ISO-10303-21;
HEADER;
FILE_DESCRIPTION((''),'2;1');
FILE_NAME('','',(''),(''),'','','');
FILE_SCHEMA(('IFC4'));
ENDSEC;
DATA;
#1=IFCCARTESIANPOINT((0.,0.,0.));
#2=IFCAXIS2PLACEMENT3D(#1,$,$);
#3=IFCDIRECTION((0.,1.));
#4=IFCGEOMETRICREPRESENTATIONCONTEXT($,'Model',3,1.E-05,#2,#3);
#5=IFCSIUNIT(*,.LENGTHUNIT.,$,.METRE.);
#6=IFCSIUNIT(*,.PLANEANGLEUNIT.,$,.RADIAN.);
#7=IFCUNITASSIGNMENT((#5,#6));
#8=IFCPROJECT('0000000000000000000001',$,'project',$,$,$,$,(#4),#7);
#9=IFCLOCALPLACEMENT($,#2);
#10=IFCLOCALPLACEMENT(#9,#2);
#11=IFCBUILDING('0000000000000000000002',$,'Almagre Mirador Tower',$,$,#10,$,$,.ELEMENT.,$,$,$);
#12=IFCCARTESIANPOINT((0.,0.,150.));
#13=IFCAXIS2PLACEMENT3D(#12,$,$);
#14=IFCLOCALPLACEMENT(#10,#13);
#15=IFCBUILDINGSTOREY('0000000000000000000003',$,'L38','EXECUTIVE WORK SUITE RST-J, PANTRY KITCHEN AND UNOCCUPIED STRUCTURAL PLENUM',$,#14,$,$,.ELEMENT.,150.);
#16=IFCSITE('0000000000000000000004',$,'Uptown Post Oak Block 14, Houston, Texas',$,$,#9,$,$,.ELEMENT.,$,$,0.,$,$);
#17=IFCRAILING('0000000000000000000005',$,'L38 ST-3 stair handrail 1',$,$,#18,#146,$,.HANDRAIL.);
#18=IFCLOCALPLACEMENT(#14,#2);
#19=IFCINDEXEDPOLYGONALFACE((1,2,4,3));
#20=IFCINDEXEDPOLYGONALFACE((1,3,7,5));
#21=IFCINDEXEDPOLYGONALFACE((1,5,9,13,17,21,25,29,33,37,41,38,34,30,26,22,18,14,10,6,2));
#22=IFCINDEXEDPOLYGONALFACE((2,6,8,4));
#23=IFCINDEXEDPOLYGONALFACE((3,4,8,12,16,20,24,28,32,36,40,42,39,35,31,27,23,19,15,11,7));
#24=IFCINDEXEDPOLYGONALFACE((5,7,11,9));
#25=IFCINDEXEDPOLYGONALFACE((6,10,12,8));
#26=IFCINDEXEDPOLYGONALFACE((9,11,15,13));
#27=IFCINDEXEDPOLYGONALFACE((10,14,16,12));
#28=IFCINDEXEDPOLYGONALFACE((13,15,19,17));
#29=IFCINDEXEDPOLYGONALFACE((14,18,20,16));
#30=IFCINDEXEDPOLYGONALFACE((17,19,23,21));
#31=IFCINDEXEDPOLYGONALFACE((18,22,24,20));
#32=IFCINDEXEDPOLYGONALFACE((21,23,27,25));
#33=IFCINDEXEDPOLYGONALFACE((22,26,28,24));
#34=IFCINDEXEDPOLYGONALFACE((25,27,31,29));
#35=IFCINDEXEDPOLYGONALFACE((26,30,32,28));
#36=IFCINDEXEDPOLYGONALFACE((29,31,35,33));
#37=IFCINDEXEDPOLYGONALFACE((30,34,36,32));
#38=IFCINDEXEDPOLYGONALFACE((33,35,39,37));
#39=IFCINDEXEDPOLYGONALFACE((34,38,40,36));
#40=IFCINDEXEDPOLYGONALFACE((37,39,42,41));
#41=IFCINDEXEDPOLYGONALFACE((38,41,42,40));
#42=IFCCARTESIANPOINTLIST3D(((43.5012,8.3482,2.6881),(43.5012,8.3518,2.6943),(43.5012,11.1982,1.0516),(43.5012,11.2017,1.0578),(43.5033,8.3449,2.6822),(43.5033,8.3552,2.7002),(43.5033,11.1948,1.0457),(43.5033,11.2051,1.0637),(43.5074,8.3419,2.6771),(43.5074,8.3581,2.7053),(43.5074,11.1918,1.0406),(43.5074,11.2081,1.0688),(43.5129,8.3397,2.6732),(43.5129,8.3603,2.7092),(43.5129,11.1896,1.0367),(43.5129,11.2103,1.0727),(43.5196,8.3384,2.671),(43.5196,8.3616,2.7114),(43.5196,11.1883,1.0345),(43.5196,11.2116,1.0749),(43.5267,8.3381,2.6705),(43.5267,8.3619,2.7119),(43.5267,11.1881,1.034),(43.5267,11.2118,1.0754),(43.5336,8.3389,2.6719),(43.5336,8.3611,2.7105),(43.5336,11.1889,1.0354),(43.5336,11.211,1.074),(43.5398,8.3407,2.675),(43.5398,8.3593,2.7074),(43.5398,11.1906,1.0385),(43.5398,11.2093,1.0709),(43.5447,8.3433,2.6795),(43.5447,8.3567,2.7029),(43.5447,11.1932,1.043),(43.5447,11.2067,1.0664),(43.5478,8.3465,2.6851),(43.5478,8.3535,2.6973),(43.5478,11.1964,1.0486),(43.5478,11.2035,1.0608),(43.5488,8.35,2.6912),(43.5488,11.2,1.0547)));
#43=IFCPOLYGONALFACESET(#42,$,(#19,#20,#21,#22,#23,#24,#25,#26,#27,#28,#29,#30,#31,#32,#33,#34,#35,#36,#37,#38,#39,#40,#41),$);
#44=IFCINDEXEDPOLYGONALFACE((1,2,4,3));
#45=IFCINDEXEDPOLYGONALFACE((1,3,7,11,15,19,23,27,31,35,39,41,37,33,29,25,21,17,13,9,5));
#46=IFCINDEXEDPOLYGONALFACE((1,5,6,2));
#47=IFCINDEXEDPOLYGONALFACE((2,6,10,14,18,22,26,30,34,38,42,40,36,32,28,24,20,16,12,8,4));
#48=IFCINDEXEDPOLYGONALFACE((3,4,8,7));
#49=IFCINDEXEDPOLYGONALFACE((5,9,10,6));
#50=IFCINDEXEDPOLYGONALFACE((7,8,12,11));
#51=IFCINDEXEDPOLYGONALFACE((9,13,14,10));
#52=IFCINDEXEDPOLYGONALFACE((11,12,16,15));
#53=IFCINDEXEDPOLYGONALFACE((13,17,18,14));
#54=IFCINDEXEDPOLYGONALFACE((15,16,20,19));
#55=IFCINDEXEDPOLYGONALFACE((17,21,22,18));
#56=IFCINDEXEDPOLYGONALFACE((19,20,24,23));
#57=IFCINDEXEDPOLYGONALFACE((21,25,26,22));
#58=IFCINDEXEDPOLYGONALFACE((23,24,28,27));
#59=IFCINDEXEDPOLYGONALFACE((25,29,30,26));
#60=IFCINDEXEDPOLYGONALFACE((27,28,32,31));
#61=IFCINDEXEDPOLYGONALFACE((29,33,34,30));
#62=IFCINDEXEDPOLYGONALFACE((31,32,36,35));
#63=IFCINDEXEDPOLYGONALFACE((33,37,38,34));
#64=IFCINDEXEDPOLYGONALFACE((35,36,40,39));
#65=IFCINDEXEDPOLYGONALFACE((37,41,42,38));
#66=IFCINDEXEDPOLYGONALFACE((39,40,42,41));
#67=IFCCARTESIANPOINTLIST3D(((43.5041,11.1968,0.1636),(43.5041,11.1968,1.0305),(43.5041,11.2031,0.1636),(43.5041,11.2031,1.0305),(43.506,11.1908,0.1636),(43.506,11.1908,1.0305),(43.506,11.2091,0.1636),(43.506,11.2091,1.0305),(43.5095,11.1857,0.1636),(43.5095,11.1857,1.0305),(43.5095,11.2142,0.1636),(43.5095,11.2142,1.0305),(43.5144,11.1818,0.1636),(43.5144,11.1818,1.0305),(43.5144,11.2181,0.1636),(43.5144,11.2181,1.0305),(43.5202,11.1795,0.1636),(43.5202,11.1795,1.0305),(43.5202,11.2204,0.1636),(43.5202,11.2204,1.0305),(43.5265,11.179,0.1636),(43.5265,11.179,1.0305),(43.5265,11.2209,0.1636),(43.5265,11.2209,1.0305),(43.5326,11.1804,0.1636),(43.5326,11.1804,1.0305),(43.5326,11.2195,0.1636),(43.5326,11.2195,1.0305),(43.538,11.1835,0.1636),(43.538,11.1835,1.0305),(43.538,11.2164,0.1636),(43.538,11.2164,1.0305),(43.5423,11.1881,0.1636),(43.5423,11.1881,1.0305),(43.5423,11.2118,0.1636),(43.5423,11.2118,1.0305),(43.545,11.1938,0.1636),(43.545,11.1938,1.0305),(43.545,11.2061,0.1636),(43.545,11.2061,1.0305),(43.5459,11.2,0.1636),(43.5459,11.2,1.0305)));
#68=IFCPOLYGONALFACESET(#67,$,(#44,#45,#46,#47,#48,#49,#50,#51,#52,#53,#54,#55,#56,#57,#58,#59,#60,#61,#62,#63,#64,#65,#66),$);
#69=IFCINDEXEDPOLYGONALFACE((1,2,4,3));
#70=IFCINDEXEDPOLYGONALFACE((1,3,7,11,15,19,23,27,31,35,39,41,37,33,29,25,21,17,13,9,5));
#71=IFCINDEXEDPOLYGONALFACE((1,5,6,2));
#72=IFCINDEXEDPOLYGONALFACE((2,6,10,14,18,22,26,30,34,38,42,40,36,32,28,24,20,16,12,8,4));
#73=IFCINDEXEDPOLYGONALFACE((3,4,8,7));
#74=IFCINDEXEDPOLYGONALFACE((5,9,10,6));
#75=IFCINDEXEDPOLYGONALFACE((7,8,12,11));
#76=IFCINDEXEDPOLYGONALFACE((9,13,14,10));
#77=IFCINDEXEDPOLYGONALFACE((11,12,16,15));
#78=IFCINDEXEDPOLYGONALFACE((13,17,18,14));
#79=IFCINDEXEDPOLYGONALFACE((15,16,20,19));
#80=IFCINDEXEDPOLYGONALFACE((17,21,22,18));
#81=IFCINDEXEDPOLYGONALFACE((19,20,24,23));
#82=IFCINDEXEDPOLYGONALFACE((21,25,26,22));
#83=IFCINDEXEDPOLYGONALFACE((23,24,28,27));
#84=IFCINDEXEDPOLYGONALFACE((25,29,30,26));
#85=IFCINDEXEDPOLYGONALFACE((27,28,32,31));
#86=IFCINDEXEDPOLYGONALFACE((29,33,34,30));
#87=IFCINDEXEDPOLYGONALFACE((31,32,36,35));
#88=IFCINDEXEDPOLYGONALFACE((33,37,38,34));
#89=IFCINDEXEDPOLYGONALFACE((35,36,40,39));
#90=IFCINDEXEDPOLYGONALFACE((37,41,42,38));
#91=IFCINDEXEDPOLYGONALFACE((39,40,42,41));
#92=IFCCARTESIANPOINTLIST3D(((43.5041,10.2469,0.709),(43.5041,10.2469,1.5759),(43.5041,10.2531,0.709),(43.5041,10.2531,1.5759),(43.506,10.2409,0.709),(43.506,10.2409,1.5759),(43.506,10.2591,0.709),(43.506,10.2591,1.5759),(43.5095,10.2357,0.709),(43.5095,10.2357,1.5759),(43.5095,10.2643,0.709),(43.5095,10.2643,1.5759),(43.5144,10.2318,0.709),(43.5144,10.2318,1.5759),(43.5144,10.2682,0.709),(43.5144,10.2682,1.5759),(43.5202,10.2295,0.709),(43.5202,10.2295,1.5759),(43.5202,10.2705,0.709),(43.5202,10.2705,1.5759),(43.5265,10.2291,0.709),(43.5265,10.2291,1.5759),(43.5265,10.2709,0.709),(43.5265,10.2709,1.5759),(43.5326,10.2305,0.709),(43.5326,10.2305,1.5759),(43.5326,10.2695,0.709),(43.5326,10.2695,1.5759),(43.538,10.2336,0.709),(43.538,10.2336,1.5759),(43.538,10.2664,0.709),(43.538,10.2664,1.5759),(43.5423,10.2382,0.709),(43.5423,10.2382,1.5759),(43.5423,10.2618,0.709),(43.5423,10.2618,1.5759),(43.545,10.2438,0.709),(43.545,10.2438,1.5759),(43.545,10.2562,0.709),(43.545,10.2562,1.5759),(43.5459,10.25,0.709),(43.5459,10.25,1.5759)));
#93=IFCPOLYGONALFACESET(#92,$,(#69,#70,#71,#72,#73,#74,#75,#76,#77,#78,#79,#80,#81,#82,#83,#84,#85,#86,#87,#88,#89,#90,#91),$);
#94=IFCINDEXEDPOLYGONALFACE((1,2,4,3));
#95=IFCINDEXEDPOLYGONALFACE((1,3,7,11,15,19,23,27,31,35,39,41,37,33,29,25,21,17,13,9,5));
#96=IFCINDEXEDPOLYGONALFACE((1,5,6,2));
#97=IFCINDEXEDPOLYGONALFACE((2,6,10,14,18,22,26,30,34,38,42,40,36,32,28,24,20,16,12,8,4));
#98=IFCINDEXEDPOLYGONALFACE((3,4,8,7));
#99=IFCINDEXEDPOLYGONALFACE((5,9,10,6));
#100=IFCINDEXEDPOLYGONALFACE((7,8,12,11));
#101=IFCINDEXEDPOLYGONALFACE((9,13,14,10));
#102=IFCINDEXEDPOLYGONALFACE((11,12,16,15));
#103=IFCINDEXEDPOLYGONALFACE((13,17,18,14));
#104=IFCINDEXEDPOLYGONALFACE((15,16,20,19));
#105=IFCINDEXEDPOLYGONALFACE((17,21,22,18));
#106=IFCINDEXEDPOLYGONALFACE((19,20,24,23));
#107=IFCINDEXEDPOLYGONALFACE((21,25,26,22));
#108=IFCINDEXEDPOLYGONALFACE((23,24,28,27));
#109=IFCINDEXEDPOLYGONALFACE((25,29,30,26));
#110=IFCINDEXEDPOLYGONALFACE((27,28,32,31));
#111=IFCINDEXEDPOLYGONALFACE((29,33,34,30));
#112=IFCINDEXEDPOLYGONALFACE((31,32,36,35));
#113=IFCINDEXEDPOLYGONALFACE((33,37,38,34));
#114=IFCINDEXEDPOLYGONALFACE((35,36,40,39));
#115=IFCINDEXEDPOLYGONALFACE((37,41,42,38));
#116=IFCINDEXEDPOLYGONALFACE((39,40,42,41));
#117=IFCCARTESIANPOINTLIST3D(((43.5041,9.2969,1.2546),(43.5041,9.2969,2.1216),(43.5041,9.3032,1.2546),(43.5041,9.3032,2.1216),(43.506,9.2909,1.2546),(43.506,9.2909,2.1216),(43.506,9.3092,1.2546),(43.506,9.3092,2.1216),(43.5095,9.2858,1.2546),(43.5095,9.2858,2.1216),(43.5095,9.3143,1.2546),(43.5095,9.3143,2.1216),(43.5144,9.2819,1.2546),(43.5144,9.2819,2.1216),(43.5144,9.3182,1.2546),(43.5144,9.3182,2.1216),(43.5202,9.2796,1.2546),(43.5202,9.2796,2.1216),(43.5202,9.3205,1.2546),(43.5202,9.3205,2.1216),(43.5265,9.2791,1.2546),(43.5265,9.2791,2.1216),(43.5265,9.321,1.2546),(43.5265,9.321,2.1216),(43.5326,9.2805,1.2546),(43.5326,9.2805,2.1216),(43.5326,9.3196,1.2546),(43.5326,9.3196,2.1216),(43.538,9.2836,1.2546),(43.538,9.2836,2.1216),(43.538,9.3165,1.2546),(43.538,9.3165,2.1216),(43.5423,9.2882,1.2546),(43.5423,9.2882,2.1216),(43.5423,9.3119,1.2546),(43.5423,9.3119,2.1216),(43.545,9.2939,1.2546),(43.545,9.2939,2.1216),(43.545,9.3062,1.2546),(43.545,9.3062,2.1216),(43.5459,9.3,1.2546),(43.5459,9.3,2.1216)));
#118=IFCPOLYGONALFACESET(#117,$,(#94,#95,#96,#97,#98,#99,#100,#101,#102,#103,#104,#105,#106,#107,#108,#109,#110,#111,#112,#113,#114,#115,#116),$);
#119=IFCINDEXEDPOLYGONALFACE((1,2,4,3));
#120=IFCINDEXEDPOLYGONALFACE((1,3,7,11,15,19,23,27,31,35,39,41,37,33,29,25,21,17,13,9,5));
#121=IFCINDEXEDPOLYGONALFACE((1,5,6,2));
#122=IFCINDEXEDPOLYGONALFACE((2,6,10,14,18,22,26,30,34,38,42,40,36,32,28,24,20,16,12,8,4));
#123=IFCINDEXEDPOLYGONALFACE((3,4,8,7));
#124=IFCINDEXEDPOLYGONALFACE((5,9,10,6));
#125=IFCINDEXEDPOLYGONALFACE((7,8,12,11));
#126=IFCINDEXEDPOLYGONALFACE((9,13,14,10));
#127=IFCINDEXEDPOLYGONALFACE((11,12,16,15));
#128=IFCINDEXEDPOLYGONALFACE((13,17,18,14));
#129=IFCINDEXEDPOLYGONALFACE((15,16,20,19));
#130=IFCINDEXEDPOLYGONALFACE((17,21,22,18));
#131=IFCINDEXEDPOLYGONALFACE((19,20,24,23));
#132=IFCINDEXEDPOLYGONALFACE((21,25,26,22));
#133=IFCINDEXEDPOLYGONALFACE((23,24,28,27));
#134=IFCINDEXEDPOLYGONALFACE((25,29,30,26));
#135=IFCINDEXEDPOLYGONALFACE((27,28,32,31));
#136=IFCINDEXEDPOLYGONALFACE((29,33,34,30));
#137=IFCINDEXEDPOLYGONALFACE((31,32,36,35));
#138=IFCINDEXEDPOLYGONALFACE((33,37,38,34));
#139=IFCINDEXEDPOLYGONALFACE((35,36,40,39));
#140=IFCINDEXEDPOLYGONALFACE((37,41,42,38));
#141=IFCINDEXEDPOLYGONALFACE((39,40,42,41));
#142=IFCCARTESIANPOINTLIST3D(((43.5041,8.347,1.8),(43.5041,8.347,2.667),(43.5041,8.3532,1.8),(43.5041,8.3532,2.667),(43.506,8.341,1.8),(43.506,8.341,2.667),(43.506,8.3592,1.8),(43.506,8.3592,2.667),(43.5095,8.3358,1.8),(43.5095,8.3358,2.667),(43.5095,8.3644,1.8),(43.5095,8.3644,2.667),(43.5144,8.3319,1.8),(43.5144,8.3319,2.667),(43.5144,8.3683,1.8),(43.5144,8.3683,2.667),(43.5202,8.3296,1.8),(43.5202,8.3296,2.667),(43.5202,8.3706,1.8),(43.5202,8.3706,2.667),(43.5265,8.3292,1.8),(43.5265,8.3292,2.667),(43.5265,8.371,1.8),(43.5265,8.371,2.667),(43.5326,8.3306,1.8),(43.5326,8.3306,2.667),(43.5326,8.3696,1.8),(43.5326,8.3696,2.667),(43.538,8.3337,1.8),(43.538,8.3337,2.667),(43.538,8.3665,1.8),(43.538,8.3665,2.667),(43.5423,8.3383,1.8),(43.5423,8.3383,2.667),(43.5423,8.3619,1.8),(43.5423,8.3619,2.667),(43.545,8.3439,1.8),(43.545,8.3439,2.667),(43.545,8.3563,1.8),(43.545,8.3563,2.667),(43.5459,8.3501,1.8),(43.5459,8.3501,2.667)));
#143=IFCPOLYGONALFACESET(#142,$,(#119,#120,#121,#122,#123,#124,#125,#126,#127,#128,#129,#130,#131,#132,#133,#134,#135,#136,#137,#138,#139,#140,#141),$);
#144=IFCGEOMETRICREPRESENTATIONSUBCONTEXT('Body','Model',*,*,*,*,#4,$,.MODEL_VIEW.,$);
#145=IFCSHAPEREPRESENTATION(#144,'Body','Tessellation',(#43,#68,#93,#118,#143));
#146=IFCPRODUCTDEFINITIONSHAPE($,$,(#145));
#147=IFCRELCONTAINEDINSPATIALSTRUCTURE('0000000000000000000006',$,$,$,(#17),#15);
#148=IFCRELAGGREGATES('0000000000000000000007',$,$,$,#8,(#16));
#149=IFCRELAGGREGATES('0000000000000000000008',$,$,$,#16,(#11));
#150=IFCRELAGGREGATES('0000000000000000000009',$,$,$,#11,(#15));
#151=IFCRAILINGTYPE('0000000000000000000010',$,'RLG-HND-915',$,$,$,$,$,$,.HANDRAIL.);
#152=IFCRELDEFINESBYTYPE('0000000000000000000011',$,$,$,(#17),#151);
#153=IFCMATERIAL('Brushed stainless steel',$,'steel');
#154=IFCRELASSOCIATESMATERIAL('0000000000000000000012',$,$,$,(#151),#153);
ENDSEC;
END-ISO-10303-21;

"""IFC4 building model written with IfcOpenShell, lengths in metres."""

from ifc_helpers import new_model, si_unit, direction, frame, origin, origin_2d, place, context, subcontext, project, spatial, circle, extrude, material, type_object, element, save


model = new_model("IFC4")

# Units and contexts
model_context = context("Model", 3, precision=1e-05, world=origin(), true_north=direction((0.0, 1.0)))
body_context = subcontext(model_context, "Body", "Model", "MODEL_VIEW")
ifc_project = project(units=[si_unit("LENGTHUNIT", "METRE"), si_unit("PLANEANGLEUNIT", "RADIAN")], contexts=[model_context])

# Site, building, storey
site_placement = place(None, origin())
site = spatial("IfcSite", under=ifc_project, at=site_placement, Name="Uptown Post Oak Block 14, Houston, Texas", CompositionType="ELEMENT", RefElevation=0.0)
building_placement = place(site_placement, origin())
building = spatial("IfcBuilding", under=site, at=building_placement, Name="Almagre Mirador Tower", CompositionType="ELEMENT")
storey_placement = place(building_placement, frame((0.0, 0.0, 150.0)))
storey = spatial("IfcBuildingStorey", under=building, at=storey_placement, Name="L38", Description="EXECUTIVE WORK SUITE RST-J, PANTRY KITCHEN AND UNOCCUPIED STRUCTURAL PLENUM", CompositionType="ELEMENT", Elevation=150.0)

# Railing
ifc_material_1 = material(Name="Brushed stainless steel", Category="steel")
railing_type_1 = type_object("IfcRailingType", Name="RLG-HND-915", PredefinedType="HANDRAIL", material=ifc_material_1)
railing_1_placement = place(storey_placement, frame((43.5249, 11.2, 0.1636)))
element("IfcRailing", 1, at=railing_1_placement, inside=storey, type_object=railing_type_1, Name="L38 ST-3 stair handrail 1", PredefinedType="HANDRAIL", context=body_context, shape_type="SweptSolid", body=[
    extrude(circle(Radius=0.0239, at=origin_2d()), frame((0.0, 0.0, 0.8911), z_axis=(0.0, -0.867194, 0.49797), x_axis=(1.0, 0.0, 0.0)), (0.0, 0.0, 1.0), 3.2864),
    extrude(circle(Radius=0.021, at=origin_2d()), origin(), (0.0, 0.0, 1.0), 0.8669),
    extrude(circle(Radius=0.021, at=origin_2d()), frame((0.0, -0.95, 0.5454)), (0.0, 0.0, 1.0), 0.8669),
    extrude(circle(Radius=0.021, at=origin_2d()), frame((0.0, -1.8999, 1.0911)), (0.0, 0.0, 1.0), 0.8669),
    extrude(circle(Radius=0.021, at=origin_2d()), frame((0.0, -2.8499, 1.6365)), (0.0, 0.0, 1.0), 0.8669),
])

save(model, "model.ifc")
